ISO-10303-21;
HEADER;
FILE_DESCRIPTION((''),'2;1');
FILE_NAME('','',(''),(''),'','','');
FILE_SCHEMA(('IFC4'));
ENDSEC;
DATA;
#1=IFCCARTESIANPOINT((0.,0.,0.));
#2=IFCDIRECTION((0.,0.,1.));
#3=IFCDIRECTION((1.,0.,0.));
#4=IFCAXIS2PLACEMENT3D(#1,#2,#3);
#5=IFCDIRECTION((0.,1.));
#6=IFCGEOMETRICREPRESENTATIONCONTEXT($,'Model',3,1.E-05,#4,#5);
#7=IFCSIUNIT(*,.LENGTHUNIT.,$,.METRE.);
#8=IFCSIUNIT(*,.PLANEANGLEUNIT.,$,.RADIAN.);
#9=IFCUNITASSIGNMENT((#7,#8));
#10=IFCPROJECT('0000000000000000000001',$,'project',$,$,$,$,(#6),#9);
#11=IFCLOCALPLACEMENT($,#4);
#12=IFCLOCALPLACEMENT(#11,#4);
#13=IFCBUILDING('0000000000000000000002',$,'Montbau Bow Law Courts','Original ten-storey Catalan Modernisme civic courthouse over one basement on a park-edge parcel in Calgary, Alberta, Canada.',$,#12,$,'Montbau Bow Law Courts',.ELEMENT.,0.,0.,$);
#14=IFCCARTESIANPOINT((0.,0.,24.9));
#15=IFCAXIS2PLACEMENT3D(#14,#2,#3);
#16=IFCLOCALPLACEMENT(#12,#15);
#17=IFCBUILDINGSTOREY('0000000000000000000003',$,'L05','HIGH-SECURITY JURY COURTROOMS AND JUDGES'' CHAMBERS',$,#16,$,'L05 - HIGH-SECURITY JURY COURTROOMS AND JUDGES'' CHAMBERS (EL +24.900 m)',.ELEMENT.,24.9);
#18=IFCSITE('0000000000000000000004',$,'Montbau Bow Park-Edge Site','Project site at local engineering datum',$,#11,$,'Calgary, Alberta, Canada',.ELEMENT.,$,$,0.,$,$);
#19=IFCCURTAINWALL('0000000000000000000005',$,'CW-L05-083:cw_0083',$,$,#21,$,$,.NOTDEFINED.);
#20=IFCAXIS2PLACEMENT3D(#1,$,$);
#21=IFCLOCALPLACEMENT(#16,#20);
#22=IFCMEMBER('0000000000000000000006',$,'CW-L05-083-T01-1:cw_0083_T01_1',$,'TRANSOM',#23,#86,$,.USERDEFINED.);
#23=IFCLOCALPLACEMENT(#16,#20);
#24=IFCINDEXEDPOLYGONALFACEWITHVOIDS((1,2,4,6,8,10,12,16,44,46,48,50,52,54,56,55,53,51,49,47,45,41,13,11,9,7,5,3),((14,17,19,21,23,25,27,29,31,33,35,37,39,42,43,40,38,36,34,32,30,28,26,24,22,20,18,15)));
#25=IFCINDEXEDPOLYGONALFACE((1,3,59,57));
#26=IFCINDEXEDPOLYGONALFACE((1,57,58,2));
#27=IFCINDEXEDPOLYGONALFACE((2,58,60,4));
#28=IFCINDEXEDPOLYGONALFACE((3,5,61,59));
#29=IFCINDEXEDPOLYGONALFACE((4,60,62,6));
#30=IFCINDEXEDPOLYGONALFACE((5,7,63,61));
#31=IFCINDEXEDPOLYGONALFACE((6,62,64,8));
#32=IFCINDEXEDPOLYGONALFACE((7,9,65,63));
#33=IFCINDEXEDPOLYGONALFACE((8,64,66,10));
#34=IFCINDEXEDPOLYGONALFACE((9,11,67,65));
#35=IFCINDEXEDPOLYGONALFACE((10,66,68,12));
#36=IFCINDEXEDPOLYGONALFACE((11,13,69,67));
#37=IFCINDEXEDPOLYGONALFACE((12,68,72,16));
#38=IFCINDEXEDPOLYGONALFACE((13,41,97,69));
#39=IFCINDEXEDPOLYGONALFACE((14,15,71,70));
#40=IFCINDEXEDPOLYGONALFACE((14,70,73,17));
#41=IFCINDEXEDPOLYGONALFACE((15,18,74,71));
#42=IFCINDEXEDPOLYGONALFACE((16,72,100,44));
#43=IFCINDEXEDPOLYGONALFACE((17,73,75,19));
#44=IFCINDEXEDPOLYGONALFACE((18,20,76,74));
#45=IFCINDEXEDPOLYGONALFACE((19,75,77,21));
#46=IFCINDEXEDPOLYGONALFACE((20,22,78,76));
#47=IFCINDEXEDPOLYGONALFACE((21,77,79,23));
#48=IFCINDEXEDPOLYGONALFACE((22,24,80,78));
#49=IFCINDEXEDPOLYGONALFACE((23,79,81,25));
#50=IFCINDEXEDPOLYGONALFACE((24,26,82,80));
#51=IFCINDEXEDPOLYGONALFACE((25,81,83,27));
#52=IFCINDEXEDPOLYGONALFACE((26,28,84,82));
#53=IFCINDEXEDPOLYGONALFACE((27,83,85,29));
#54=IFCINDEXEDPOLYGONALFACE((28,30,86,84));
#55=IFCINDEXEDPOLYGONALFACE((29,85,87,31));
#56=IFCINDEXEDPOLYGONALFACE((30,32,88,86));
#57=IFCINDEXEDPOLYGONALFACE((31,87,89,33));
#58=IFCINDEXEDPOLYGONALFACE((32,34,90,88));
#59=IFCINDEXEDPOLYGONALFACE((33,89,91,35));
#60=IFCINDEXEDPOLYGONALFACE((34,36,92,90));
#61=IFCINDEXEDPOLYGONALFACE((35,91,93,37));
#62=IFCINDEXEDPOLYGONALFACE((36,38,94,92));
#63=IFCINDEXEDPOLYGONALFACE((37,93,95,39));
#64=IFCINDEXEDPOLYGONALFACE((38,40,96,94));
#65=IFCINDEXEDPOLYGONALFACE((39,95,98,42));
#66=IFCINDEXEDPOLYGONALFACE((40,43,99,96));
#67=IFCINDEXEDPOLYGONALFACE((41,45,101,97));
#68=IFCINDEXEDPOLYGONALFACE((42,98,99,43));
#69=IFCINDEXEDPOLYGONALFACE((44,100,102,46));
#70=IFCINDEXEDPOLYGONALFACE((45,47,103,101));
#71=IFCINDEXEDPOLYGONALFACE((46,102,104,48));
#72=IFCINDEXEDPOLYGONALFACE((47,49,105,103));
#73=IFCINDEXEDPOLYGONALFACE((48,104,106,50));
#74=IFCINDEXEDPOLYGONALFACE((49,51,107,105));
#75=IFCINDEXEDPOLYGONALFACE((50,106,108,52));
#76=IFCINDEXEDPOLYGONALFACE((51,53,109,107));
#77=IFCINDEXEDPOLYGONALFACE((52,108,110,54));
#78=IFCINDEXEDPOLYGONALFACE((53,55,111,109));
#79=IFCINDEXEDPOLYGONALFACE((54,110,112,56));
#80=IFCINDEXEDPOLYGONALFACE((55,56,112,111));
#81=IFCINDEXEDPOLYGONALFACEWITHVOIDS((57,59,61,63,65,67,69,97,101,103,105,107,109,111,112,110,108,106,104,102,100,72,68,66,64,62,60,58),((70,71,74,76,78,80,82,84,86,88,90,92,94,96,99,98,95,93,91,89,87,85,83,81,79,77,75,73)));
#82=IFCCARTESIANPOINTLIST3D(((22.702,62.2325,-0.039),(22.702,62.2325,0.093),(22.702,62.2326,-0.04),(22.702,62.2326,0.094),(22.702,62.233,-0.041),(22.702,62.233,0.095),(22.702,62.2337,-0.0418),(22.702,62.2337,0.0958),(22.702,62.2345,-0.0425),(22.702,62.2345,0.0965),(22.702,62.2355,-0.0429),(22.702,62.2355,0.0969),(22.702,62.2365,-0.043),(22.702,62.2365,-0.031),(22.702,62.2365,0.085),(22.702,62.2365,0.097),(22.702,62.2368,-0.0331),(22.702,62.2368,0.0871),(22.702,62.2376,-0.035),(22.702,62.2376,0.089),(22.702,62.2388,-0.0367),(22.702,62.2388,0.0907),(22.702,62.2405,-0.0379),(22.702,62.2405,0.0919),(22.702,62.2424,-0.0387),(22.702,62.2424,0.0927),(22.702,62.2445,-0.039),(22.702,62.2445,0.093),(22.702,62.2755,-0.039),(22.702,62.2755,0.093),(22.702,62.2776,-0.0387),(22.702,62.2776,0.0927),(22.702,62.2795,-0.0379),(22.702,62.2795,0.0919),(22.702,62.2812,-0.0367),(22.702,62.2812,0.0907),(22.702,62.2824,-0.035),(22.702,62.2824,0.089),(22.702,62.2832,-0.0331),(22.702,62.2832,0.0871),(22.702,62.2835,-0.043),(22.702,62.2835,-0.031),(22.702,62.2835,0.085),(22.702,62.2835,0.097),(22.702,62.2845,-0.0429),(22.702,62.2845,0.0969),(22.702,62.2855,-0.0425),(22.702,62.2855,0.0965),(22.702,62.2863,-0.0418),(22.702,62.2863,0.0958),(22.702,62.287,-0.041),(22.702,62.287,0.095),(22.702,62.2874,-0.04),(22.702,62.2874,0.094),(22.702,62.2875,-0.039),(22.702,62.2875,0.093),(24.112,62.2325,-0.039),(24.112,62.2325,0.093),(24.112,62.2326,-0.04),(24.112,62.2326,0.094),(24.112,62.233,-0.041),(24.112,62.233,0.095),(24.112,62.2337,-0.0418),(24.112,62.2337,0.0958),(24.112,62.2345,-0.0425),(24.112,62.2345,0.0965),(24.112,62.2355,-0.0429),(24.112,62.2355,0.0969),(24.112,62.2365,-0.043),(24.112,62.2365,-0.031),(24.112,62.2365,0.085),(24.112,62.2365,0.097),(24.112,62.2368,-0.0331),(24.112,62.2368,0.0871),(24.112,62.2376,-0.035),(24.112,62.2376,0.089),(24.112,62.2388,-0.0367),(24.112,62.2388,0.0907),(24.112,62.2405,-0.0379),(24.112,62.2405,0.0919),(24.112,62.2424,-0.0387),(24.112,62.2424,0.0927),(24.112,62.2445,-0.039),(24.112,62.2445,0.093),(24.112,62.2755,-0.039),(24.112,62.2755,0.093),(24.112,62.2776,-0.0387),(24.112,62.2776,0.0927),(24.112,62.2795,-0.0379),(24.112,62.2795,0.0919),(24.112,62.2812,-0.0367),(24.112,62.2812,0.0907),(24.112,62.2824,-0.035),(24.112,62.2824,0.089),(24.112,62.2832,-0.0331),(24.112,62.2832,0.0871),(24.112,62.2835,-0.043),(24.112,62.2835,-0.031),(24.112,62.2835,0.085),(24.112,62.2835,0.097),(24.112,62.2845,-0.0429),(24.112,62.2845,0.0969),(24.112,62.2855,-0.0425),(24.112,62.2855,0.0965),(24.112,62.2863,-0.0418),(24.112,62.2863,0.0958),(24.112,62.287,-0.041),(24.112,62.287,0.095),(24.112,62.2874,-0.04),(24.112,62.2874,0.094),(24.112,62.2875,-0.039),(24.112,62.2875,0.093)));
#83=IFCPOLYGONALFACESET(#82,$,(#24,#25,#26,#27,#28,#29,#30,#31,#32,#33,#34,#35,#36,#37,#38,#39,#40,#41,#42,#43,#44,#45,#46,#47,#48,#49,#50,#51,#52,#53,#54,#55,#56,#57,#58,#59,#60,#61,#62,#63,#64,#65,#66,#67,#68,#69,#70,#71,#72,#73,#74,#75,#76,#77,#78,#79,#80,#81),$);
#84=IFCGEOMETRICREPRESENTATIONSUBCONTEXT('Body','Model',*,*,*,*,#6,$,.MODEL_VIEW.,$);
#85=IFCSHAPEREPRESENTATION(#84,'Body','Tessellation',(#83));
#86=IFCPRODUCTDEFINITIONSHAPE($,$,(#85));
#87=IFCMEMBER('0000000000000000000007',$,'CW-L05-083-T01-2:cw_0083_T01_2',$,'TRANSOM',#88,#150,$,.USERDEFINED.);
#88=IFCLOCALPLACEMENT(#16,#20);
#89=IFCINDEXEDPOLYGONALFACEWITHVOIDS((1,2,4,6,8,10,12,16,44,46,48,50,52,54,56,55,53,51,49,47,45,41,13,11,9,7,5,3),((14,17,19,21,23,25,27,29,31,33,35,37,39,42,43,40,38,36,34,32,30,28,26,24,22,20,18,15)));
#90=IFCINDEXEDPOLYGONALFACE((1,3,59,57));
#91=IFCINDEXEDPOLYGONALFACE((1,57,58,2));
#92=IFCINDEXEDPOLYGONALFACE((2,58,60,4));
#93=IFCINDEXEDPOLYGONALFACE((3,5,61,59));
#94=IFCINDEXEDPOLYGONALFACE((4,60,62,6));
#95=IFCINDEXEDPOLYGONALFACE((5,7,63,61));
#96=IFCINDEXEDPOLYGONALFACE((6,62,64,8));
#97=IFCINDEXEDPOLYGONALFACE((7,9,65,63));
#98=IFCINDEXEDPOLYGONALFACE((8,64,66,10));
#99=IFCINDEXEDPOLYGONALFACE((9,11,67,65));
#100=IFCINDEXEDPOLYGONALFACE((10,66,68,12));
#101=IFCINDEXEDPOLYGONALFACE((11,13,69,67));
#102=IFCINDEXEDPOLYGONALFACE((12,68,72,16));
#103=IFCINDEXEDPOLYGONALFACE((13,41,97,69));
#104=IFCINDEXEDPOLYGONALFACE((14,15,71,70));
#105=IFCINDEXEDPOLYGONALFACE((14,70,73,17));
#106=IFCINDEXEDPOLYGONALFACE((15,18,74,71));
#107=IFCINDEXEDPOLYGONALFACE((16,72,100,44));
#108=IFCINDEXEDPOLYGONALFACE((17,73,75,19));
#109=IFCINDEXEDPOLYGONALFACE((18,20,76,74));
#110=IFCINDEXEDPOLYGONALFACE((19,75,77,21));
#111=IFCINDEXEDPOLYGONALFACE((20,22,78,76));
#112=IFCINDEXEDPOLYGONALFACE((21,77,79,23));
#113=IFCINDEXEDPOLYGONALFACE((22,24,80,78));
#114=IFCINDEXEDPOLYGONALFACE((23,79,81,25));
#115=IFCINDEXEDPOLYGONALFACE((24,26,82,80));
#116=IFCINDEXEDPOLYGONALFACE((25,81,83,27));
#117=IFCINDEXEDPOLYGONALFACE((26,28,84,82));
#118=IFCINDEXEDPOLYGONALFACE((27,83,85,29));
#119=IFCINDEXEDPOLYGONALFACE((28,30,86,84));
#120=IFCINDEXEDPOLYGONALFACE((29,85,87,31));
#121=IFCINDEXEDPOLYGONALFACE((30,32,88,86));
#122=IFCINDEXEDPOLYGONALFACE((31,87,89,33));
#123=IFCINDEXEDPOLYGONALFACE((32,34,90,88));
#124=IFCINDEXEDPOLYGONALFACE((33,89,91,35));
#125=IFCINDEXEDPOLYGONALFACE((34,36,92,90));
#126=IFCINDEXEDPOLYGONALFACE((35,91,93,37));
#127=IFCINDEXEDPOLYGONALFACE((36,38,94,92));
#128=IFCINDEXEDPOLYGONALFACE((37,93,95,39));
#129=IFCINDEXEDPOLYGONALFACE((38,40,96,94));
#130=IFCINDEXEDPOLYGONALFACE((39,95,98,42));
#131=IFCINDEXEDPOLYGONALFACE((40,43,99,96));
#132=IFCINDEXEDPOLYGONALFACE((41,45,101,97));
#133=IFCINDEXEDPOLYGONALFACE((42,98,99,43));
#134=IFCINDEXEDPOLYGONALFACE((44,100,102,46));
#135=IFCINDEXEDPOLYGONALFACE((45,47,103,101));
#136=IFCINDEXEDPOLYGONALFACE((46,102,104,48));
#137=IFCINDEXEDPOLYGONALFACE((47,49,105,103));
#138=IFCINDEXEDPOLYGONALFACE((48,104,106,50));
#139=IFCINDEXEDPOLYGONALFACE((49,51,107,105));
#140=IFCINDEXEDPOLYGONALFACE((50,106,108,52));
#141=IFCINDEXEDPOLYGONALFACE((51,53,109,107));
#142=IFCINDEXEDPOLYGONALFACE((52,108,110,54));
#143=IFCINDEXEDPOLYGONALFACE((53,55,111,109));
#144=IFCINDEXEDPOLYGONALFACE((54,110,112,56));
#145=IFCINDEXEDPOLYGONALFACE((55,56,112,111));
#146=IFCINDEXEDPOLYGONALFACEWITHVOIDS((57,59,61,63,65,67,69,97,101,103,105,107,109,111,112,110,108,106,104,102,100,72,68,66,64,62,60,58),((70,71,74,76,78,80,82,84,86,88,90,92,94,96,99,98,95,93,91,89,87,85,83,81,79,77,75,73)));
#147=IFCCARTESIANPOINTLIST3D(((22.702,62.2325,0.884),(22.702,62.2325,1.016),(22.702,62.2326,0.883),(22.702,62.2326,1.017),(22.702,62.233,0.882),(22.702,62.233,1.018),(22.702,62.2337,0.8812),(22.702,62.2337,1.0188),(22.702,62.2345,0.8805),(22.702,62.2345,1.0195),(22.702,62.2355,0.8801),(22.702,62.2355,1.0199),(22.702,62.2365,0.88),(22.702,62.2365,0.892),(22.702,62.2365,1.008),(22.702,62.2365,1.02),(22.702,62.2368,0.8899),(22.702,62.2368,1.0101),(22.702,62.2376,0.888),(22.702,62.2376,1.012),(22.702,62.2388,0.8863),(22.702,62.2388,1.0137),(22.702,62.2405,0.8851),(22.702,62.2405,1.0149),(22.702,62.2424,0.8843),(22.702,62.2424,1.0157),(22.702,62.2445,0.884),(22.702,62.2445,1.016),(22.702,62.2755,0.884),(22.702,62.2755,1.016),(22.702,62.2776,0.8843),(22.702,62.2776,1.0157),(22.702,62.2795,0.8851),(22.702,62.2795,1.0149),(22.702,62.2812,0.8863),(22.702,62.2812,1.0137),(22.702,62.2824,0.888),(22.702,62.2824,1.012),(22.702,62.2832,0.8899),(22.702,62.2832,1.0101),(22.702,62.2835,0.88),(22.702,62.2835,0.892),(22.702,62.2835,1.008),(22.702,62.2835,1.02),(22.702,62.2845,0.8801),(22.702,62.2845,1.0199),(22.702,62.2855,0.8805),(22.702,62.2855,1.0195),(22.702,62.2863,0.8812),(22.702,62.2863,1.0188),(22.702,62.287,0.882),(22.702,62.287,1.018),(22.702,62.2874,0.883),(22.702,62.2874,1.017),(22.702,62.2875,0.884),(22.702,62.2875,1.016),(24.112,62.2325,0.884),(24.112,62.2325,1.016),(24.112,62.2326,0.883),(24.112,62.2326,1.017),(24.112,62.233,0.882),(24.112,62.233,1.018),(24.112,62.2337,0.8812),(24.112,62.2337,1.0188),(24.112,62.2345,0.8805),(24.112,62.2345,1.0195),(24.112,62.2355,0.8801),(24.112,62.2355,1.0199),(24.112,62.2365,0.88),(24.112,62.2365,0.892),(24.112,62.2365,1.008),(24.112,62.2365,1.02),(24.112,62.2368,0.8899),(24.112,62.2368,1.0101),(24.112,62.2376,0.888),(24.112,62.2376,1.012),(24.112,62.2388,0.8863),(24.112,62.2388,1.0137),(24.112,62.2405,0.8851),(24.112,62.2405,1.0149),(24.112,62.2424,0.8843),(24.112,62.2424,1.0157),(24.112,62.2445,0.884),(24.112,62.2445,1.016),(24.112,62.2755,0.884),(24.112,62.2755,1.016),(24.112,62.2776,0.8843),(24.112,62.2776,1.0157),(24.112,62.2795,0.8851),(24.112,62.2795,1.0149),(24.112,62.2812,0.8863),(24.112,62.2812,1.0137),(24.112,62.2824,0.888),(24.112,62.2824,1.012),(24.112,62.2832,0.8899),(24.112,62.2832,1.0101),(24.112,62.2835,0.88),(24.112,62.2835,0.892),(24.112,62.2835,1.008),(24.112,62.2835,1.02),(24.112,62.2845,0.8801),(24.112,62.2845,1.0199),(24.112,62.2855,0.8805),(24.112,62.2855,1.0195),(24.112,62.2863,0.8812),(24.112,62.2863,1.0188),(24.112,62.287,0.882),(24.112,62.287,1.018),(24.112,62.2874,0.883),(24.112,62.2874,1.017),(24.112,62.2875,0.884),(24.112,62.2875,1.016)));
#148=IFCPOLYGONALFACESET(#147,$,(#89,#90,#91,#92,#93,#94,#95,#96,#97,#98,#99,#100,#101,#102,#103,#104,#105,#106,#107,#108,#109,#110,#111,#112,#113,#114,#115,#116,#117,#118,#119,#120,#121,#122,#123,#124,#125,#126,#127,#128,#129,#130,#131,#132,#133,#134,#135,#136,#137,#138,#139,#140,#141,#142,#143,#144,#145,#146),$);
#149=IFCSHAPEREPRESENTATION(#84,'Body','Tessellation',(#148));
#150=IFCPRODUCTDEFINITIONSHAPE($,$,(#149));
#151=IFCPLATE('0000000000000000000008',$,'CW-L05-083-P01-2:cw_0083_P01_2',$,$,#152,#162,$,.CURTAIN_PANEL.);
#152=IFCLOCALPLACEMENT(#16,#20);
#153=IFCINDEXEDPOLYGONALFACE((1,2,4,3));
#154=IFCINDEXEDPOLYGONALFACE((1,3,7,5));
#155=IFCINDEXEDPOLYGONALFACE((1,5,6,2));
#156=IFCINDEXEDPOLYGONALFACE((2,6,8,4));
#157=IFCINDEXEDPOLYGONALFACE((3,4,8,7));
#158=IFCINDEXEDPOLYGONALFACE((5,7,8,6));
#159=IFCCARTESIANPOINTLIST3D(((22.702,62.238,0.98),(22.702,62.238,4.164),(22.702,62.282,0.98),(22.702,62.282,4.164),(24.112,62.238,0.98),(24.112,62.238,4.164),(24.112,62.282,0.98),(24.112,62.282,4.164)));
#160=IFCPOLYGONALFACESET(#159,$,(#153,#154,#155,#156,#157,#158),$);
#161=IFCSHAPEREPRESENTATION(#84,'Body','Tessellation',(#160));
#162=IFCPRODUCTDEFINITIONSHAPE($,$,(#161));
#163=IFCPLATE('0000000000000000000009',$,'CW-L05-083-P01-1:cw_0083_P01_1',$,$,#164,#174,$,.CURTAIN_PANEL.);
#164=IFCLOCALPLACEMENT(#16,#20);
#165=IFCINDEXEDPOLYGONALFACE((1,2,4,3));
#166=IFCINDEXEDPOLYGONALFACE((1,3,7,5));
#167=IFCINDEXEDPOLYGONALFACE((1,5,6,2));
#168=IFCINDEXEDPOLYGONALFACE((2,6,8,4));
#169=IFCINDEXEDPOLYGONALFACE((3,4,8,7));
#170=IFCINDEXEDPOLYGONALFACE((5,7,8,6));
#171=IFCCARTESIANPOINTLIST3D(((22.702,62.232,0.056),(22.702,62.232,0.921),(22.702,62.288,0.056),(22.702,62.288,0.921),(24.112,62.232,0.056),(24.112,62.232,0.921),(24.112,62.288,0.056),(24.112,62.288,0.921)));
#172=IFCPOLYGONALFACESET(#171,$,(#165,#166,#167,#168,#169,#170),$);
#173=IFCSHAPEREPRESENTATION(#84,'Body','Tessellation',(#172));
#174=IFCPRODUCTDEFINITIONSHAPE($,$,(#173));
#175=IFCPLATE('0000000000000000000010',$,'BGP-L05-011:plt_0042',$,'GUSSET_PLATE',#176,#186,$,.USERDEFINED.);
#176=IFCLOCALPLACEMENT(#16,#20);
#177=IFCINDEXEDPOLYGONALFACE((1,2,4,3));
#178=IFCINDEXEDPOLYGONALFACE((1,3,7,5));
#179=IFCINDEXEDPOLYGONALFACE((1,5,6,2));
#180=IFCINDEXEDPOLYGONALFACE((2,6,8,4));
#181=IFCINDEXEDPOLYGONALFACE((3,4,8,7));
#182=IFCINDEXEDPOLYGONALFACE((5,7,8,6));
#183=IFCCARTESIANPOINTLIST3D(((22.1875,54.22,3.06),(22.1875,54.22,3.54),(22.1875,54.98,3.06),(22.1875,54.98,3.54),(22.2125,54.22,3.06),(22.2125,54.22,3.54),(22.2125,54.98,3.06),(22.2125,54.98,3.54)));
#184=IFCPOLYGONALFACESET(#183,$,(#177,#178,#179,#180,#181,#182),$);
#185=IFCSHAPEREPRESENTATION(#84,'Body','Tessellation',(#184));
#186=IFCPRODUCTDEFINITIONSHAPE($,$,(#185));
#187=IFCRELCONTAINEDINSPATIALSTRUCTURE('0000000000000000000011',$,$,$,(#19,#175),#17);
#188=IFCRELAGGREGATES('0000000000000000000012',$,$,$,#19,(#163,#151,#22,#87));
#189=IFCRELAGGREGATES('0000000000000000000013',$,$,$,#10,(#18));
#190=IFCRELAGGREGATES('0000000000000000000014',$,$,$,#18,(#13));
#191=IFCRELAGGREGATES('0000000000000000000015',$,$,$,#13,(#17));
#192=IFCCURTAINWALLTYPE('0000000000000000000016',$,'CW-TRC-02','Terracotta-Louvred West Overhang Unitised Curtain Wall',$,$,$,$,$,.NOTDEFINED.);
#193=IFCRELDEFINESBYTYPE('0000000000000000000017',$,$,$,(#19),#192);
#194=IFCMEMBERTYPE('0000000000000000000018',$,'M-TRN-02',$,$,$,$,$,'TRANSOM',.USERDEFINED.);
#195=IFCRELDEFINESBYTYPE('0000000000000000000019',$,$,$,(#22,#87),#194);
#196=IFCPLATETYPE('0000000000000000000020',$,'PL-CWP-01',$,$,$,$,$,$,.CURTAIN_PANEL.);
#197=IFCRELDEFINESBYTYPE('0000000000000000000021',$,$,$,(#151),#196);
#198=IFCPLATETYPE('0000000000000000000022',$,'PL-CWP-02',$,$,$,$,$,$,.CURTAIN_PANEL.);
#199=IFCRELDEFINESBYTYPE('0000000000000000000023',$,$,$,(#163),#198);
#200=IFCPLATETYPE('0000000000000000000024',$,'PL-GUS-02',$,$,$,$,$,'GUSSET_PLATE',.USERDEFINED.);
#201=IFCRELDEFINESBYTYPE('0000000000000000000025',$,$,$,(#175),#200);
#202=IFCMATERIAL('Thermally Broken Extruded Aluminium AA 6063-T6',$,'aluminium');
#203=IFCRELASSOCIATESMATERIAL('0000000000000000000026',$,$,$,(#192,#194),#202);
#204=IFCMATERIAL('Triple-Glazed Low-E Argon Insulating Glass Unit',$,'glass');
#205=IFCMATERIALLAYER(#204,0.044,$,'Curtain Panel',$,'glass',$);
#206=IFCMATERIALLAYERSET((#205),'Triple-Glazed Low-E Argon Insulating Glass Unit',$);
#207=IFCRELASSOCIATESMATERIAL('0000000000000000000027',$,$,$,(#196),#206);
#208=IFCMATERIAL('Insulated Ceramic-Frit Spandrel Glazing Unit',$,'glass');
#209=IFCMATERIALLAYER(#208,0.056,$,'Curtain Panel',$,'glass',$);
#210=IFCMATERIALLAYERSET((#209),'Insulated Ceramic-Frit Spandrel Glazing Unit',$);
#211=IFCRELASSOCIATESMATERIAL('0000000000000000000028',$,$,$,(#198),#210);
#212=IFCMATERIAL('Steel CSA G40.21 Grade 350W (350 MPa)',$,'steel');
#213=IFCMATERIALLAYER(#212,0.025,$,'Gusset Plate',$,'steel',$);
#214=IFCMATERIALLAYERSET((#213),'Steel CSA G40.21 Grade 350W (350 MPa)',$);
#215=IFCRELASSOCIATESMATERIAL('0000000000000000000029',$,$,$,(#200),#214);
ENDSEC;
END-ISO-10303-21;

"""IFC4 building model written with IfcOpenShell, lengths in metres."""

from ifc_helpers import new_model, si_unit, direction, frame, frame_2d, origin_with_axes, origin_2d_with_axis, place, context, subcontext, project, spatial, rectangle, hollow_rectangle, extrude, material, layer, layer_set, material_profile, profile_set, type_object, element, aggregate, save


model = new_model("IFC4")

# Units and contexts
model_context = context("Model", 3, precision=1e-05, world=origin_with_axes(), true_north=direction((0.0, 1.0)))
body_context = subcontext(model_context, "Body", "Model", "MODEL_VIEW")
ifc_project = project(units=[si_unit("LENGTHUNIT", "METRE"), si_unit("PLANEANGLEUNIT", "RADIAN")], contexts=[model_context])

# Site, building, storey
site_placement = place(None, origin_with_axes())
site = spatial("IfcSite", under=ifc_project, at=site_placement, Name="Montbau Bow Park-Edge Site", Description="Project site at local engineering datum", LongName="Calgary, Alberta, Canada", CompositionType="ELEMENT", RefElevation=0.0)
building_placement = place(site_placement, origin_with_axes())
building = spatial("IfcBuilding", under=site, at=building_placement, Name="Montbau Bow Law Courts", Description="Original ten-storey Catalan Modernisme civic courthouse over one basement on a park-edge parcel in Calgary, Alberta, Canada.", LongName="Montbau Bow Law Courts", CompositionType="ELEMENT", ElevationOfRefHeight=0.0, ElevationOfTerrain=0.0)
storey_placement = place(building_placement, frame((0.0, 0.0, 24.9), z_axis=(0.0, 0.0, 1.0), x_axis=(1.0, 0.0, 0.0)))
storey = spatial("IfcBuildingStorey", under=building, at=storey_placement, Name="L05", Description="HIGH-SECURITY JURY COURTROOMS AND JUDGES' CHAMBERS", LongName="L05 - HIGH-SECURITY JURY COURTROOMS AND JUDGES' CHAMBERS (EL +24.900 m)", CompositionType="ELEMENT", Elevation=24.9)

# Shared definitions
ifc_material_1 = material(Name="Steel CSA G40.21 Grade 350W (350 MPa)", Category="steel")

# Curtain wall
ifc_material_2 = material(Name="Thermally Broken Extruded Aluminium AA 6063-T6", Category="aluminium")
curtain_wall_type = type_object("IfcCurtainWallType", Name="CW-TRC-02", Description="Terracotta-Louvred West Overhang Unitised Curtain Wall", PredefinedType="NOTDEFINED", material=ifc_material_2)
curtain_wall_1_placement = place(None, frame((22.64, 62.26, 24.9), z_axis=(0.0, 0.0, 1.0), x_axis=(1.0, 0.0, 0.0)))
curtain_wall_1 = element("IfcCurtainWall", 1, at=curtain_wall_1_placement, inside=storey, type_object=curtain_wall_type, Name="CW-L05-083:cw_0083", PredefinedType="NOTDEFINED")

# Members
ifc_material_profile_1 = material_profile(ifc_material_2, hollow_rectangle(XDim=0.055, YDim=0.14, WallThickness=0.004, InnerFilletRadius=0.008, OuterFilletRadius=0.004, at=origin_2d_with_axis()), Name="CWT-140X55", Category="Main", Priority=0)
ifc_profile_set_1 = profile_set([ifc_material_profile_1], Name="Thermally Broken Extruded Aluminium AA 6063-T6")
member_type_1 = type_object("IfcMemberType", Name="M-TRN-02", ElementType="TRANSOM", PredefinedType="USERDEFINED", material=ifc_profile_set_1)
member_1_placement = place(None, frame((22.702, 62.26, 24.927), z_axis=(1.0, 0.0, 0.0), x_axis=(0.0, 1.0, 0.0)))
member_1 = element("IfcMember", 2, at=member_1_placement, type_object=member_type_1, Name="CW-L05-083-T01-1:cw_0083_T01_1", ObjectType="TRANSOM", PredefinedType="USERDEFINED", context=body_context, shape_type="SweptSolid", body=[
    extrude(hollow_rectangle(XDim=0.055, YDim=0.14, WallThickness=0.004, InnerFilletRadius=0.008, OuterFilletRadius=0.004, at=origin_2d_with_axis()), origin_with_axes(), (0.0, 0.0, 1.0), 1.41),
])
member_2_placement = place(None, frame((22.702, 62.26, 25.85), z_axis=(1.0, 0.0, 0.0), x_axis=(0.0, 1.0, 0.0)))
member_2 = element("IfcMember", 3, at=member_2_placement, type_object=member_type_1, Name="CW-L05-083-T01-2:cw_0083_T01_2", ObjectType="TRANSOM", PredefinedType="USERDEFINED", context=body_context, shape_type="SweptSolid", body=[
    extrude(hollow_rectangle(XDim=0.055, YDim=0.14, WallThickness=0.004, InnerFilletRadius=0.008, OuterFilletRadius=0.004, at=origin_2d_with_axis()), origin_with_axes(), (0.0, 0.0, 1.0), 1.41),
])

# Plates
ifc_material_3 = material(Name="Triple-Glazed Low-E Argon Insulating Glass Unit", Category="glass")
ifc_layer_1 = layer(ifc_material_3, 0.044, Name="Curtain Panel", Category="glass")
ifc_layer_set_1 = layer_set([ifc_layer_1], Name="Triple-Glazed Low-E Argon Insulating Glass Unit")
plate_type_1 = type_object("IfcPlateType", Name="PL-CWP-01", PredefinedType="CURTAIN_PANEL", material=ifc_layer_set_1)
plate_1_placement = place(None, frame((22.702, 62.26, 25.88), z_axis=(0.0, -1.0, 0.0), x_axis=(1.0, 0.0, 0.0)))
plate_1 = element("IfcPlate", 4, at=plate_1_placement, type_object=plate_type_1, Name="CW-L05-083-P01-2:cw_0083_P01_2", PredefinedType="CURTAIN_PANEL", context=body_context, shape_type="SweptSolid", body=[
    extrude(rectangle(XDim=1.41, YDim=3.184, at=frame_2d((0.705, 1.592), x_axis=(1.0, 0.0))), frame((0.0, 0.0, -0.022), z_axis=(0.0, 0.0, 1.0), x_axis=(1.0, 0.0, 0.0)), (0.0, 0.0, 1.0), 0.044),
])
ifc_material_4 = material(Name="Insulated Ceramic-Frit Spandrel Glazing Unit", Category="glass")
ifc_layer_2 = layer(ifc_material_4, 0.056, Name="Curtain Panel", Category="glass")
ifc_layer_set_2 = layer_set([ifc_layer_2], Name="Insulated Ceramic-Frit Spandrel Glazing Unit")
plate_type_2 = type_object("IfcPlateType", Name="PL-CWP-02", PredefinedType="CURTAIN_PANEL", material=ifc_layer_set_2)
plate_2_placement = place(None, frame((22.702, 62.26, 24.956), z_axis=(0.0, -1.0, 0.0), x_axis=(1.0, 0.0, 0.0)))
plate_2 = element("IfcPlate", 5, at=plate_2_placement, type_object=plate_type_2, Name="CW-L05-083-P01-1:cw_0083_P01_1", PredefinedType="CURTAIN_PANEL", context=body_context, shape_type="SweptSolid", body=[
    extrude(rectangle(XDim=1.41, YDim=0.865, at=frame_2d((0.705, 0.4325), x_axis=(1.0, 0.0))), frame((0.0, 0.0, -0.028), z_axis=(0.0, 0.0, 1.0), x_axis=(1.0, 0.0, 0.0)), (0.0, 0.0, 1.0), 0.056),
])
aggregate(curtain_wall_1, [plate_2, plate_1, member_1, member_2])

# Plate
ifc_layer_3 = layer(ifc_material_1, 0.025, Name="Gusset Plate", Category="steel")
ifc_layer_set_3 = layer_set([ifc_layer_3], Name="Steel CSA G40.21 Grade 350W (350 MPa)")
plate_type_3 = type_object("IfcPlateType", Name="PL-GUS-02", ElementType="GUSSET_PLATE", PredefinedType="USERDEFINED", material=ifc_layer_set_3)
for number, where, z_axis, x_axis, name in (
    (6, (22.2, 54.6, 27.96), (0.0, 0.0, 1.0), (0.0, 1.0, 0.0), "BGP-L05-011:plt_0042"),
):
    element("IfcPlate", number, at=place(None, frame(where, z_axis=z_axis, x_axis=x_axis)), inside=storey, type_object=plate_type_3, Name=name, ObjectType="GUSSET_PLATE", PredefinedType="USERDEFINED", context=body_context, shape_type="SweptSolid", body=[
        extrude(rectangle(XDim=0.76, YDim=0.025, at=origin_2d_with_axis()), origin_with_axes(), (0.0, 0.0, 1.0), 0.48),
    ])

save(model, "model.ifc")
